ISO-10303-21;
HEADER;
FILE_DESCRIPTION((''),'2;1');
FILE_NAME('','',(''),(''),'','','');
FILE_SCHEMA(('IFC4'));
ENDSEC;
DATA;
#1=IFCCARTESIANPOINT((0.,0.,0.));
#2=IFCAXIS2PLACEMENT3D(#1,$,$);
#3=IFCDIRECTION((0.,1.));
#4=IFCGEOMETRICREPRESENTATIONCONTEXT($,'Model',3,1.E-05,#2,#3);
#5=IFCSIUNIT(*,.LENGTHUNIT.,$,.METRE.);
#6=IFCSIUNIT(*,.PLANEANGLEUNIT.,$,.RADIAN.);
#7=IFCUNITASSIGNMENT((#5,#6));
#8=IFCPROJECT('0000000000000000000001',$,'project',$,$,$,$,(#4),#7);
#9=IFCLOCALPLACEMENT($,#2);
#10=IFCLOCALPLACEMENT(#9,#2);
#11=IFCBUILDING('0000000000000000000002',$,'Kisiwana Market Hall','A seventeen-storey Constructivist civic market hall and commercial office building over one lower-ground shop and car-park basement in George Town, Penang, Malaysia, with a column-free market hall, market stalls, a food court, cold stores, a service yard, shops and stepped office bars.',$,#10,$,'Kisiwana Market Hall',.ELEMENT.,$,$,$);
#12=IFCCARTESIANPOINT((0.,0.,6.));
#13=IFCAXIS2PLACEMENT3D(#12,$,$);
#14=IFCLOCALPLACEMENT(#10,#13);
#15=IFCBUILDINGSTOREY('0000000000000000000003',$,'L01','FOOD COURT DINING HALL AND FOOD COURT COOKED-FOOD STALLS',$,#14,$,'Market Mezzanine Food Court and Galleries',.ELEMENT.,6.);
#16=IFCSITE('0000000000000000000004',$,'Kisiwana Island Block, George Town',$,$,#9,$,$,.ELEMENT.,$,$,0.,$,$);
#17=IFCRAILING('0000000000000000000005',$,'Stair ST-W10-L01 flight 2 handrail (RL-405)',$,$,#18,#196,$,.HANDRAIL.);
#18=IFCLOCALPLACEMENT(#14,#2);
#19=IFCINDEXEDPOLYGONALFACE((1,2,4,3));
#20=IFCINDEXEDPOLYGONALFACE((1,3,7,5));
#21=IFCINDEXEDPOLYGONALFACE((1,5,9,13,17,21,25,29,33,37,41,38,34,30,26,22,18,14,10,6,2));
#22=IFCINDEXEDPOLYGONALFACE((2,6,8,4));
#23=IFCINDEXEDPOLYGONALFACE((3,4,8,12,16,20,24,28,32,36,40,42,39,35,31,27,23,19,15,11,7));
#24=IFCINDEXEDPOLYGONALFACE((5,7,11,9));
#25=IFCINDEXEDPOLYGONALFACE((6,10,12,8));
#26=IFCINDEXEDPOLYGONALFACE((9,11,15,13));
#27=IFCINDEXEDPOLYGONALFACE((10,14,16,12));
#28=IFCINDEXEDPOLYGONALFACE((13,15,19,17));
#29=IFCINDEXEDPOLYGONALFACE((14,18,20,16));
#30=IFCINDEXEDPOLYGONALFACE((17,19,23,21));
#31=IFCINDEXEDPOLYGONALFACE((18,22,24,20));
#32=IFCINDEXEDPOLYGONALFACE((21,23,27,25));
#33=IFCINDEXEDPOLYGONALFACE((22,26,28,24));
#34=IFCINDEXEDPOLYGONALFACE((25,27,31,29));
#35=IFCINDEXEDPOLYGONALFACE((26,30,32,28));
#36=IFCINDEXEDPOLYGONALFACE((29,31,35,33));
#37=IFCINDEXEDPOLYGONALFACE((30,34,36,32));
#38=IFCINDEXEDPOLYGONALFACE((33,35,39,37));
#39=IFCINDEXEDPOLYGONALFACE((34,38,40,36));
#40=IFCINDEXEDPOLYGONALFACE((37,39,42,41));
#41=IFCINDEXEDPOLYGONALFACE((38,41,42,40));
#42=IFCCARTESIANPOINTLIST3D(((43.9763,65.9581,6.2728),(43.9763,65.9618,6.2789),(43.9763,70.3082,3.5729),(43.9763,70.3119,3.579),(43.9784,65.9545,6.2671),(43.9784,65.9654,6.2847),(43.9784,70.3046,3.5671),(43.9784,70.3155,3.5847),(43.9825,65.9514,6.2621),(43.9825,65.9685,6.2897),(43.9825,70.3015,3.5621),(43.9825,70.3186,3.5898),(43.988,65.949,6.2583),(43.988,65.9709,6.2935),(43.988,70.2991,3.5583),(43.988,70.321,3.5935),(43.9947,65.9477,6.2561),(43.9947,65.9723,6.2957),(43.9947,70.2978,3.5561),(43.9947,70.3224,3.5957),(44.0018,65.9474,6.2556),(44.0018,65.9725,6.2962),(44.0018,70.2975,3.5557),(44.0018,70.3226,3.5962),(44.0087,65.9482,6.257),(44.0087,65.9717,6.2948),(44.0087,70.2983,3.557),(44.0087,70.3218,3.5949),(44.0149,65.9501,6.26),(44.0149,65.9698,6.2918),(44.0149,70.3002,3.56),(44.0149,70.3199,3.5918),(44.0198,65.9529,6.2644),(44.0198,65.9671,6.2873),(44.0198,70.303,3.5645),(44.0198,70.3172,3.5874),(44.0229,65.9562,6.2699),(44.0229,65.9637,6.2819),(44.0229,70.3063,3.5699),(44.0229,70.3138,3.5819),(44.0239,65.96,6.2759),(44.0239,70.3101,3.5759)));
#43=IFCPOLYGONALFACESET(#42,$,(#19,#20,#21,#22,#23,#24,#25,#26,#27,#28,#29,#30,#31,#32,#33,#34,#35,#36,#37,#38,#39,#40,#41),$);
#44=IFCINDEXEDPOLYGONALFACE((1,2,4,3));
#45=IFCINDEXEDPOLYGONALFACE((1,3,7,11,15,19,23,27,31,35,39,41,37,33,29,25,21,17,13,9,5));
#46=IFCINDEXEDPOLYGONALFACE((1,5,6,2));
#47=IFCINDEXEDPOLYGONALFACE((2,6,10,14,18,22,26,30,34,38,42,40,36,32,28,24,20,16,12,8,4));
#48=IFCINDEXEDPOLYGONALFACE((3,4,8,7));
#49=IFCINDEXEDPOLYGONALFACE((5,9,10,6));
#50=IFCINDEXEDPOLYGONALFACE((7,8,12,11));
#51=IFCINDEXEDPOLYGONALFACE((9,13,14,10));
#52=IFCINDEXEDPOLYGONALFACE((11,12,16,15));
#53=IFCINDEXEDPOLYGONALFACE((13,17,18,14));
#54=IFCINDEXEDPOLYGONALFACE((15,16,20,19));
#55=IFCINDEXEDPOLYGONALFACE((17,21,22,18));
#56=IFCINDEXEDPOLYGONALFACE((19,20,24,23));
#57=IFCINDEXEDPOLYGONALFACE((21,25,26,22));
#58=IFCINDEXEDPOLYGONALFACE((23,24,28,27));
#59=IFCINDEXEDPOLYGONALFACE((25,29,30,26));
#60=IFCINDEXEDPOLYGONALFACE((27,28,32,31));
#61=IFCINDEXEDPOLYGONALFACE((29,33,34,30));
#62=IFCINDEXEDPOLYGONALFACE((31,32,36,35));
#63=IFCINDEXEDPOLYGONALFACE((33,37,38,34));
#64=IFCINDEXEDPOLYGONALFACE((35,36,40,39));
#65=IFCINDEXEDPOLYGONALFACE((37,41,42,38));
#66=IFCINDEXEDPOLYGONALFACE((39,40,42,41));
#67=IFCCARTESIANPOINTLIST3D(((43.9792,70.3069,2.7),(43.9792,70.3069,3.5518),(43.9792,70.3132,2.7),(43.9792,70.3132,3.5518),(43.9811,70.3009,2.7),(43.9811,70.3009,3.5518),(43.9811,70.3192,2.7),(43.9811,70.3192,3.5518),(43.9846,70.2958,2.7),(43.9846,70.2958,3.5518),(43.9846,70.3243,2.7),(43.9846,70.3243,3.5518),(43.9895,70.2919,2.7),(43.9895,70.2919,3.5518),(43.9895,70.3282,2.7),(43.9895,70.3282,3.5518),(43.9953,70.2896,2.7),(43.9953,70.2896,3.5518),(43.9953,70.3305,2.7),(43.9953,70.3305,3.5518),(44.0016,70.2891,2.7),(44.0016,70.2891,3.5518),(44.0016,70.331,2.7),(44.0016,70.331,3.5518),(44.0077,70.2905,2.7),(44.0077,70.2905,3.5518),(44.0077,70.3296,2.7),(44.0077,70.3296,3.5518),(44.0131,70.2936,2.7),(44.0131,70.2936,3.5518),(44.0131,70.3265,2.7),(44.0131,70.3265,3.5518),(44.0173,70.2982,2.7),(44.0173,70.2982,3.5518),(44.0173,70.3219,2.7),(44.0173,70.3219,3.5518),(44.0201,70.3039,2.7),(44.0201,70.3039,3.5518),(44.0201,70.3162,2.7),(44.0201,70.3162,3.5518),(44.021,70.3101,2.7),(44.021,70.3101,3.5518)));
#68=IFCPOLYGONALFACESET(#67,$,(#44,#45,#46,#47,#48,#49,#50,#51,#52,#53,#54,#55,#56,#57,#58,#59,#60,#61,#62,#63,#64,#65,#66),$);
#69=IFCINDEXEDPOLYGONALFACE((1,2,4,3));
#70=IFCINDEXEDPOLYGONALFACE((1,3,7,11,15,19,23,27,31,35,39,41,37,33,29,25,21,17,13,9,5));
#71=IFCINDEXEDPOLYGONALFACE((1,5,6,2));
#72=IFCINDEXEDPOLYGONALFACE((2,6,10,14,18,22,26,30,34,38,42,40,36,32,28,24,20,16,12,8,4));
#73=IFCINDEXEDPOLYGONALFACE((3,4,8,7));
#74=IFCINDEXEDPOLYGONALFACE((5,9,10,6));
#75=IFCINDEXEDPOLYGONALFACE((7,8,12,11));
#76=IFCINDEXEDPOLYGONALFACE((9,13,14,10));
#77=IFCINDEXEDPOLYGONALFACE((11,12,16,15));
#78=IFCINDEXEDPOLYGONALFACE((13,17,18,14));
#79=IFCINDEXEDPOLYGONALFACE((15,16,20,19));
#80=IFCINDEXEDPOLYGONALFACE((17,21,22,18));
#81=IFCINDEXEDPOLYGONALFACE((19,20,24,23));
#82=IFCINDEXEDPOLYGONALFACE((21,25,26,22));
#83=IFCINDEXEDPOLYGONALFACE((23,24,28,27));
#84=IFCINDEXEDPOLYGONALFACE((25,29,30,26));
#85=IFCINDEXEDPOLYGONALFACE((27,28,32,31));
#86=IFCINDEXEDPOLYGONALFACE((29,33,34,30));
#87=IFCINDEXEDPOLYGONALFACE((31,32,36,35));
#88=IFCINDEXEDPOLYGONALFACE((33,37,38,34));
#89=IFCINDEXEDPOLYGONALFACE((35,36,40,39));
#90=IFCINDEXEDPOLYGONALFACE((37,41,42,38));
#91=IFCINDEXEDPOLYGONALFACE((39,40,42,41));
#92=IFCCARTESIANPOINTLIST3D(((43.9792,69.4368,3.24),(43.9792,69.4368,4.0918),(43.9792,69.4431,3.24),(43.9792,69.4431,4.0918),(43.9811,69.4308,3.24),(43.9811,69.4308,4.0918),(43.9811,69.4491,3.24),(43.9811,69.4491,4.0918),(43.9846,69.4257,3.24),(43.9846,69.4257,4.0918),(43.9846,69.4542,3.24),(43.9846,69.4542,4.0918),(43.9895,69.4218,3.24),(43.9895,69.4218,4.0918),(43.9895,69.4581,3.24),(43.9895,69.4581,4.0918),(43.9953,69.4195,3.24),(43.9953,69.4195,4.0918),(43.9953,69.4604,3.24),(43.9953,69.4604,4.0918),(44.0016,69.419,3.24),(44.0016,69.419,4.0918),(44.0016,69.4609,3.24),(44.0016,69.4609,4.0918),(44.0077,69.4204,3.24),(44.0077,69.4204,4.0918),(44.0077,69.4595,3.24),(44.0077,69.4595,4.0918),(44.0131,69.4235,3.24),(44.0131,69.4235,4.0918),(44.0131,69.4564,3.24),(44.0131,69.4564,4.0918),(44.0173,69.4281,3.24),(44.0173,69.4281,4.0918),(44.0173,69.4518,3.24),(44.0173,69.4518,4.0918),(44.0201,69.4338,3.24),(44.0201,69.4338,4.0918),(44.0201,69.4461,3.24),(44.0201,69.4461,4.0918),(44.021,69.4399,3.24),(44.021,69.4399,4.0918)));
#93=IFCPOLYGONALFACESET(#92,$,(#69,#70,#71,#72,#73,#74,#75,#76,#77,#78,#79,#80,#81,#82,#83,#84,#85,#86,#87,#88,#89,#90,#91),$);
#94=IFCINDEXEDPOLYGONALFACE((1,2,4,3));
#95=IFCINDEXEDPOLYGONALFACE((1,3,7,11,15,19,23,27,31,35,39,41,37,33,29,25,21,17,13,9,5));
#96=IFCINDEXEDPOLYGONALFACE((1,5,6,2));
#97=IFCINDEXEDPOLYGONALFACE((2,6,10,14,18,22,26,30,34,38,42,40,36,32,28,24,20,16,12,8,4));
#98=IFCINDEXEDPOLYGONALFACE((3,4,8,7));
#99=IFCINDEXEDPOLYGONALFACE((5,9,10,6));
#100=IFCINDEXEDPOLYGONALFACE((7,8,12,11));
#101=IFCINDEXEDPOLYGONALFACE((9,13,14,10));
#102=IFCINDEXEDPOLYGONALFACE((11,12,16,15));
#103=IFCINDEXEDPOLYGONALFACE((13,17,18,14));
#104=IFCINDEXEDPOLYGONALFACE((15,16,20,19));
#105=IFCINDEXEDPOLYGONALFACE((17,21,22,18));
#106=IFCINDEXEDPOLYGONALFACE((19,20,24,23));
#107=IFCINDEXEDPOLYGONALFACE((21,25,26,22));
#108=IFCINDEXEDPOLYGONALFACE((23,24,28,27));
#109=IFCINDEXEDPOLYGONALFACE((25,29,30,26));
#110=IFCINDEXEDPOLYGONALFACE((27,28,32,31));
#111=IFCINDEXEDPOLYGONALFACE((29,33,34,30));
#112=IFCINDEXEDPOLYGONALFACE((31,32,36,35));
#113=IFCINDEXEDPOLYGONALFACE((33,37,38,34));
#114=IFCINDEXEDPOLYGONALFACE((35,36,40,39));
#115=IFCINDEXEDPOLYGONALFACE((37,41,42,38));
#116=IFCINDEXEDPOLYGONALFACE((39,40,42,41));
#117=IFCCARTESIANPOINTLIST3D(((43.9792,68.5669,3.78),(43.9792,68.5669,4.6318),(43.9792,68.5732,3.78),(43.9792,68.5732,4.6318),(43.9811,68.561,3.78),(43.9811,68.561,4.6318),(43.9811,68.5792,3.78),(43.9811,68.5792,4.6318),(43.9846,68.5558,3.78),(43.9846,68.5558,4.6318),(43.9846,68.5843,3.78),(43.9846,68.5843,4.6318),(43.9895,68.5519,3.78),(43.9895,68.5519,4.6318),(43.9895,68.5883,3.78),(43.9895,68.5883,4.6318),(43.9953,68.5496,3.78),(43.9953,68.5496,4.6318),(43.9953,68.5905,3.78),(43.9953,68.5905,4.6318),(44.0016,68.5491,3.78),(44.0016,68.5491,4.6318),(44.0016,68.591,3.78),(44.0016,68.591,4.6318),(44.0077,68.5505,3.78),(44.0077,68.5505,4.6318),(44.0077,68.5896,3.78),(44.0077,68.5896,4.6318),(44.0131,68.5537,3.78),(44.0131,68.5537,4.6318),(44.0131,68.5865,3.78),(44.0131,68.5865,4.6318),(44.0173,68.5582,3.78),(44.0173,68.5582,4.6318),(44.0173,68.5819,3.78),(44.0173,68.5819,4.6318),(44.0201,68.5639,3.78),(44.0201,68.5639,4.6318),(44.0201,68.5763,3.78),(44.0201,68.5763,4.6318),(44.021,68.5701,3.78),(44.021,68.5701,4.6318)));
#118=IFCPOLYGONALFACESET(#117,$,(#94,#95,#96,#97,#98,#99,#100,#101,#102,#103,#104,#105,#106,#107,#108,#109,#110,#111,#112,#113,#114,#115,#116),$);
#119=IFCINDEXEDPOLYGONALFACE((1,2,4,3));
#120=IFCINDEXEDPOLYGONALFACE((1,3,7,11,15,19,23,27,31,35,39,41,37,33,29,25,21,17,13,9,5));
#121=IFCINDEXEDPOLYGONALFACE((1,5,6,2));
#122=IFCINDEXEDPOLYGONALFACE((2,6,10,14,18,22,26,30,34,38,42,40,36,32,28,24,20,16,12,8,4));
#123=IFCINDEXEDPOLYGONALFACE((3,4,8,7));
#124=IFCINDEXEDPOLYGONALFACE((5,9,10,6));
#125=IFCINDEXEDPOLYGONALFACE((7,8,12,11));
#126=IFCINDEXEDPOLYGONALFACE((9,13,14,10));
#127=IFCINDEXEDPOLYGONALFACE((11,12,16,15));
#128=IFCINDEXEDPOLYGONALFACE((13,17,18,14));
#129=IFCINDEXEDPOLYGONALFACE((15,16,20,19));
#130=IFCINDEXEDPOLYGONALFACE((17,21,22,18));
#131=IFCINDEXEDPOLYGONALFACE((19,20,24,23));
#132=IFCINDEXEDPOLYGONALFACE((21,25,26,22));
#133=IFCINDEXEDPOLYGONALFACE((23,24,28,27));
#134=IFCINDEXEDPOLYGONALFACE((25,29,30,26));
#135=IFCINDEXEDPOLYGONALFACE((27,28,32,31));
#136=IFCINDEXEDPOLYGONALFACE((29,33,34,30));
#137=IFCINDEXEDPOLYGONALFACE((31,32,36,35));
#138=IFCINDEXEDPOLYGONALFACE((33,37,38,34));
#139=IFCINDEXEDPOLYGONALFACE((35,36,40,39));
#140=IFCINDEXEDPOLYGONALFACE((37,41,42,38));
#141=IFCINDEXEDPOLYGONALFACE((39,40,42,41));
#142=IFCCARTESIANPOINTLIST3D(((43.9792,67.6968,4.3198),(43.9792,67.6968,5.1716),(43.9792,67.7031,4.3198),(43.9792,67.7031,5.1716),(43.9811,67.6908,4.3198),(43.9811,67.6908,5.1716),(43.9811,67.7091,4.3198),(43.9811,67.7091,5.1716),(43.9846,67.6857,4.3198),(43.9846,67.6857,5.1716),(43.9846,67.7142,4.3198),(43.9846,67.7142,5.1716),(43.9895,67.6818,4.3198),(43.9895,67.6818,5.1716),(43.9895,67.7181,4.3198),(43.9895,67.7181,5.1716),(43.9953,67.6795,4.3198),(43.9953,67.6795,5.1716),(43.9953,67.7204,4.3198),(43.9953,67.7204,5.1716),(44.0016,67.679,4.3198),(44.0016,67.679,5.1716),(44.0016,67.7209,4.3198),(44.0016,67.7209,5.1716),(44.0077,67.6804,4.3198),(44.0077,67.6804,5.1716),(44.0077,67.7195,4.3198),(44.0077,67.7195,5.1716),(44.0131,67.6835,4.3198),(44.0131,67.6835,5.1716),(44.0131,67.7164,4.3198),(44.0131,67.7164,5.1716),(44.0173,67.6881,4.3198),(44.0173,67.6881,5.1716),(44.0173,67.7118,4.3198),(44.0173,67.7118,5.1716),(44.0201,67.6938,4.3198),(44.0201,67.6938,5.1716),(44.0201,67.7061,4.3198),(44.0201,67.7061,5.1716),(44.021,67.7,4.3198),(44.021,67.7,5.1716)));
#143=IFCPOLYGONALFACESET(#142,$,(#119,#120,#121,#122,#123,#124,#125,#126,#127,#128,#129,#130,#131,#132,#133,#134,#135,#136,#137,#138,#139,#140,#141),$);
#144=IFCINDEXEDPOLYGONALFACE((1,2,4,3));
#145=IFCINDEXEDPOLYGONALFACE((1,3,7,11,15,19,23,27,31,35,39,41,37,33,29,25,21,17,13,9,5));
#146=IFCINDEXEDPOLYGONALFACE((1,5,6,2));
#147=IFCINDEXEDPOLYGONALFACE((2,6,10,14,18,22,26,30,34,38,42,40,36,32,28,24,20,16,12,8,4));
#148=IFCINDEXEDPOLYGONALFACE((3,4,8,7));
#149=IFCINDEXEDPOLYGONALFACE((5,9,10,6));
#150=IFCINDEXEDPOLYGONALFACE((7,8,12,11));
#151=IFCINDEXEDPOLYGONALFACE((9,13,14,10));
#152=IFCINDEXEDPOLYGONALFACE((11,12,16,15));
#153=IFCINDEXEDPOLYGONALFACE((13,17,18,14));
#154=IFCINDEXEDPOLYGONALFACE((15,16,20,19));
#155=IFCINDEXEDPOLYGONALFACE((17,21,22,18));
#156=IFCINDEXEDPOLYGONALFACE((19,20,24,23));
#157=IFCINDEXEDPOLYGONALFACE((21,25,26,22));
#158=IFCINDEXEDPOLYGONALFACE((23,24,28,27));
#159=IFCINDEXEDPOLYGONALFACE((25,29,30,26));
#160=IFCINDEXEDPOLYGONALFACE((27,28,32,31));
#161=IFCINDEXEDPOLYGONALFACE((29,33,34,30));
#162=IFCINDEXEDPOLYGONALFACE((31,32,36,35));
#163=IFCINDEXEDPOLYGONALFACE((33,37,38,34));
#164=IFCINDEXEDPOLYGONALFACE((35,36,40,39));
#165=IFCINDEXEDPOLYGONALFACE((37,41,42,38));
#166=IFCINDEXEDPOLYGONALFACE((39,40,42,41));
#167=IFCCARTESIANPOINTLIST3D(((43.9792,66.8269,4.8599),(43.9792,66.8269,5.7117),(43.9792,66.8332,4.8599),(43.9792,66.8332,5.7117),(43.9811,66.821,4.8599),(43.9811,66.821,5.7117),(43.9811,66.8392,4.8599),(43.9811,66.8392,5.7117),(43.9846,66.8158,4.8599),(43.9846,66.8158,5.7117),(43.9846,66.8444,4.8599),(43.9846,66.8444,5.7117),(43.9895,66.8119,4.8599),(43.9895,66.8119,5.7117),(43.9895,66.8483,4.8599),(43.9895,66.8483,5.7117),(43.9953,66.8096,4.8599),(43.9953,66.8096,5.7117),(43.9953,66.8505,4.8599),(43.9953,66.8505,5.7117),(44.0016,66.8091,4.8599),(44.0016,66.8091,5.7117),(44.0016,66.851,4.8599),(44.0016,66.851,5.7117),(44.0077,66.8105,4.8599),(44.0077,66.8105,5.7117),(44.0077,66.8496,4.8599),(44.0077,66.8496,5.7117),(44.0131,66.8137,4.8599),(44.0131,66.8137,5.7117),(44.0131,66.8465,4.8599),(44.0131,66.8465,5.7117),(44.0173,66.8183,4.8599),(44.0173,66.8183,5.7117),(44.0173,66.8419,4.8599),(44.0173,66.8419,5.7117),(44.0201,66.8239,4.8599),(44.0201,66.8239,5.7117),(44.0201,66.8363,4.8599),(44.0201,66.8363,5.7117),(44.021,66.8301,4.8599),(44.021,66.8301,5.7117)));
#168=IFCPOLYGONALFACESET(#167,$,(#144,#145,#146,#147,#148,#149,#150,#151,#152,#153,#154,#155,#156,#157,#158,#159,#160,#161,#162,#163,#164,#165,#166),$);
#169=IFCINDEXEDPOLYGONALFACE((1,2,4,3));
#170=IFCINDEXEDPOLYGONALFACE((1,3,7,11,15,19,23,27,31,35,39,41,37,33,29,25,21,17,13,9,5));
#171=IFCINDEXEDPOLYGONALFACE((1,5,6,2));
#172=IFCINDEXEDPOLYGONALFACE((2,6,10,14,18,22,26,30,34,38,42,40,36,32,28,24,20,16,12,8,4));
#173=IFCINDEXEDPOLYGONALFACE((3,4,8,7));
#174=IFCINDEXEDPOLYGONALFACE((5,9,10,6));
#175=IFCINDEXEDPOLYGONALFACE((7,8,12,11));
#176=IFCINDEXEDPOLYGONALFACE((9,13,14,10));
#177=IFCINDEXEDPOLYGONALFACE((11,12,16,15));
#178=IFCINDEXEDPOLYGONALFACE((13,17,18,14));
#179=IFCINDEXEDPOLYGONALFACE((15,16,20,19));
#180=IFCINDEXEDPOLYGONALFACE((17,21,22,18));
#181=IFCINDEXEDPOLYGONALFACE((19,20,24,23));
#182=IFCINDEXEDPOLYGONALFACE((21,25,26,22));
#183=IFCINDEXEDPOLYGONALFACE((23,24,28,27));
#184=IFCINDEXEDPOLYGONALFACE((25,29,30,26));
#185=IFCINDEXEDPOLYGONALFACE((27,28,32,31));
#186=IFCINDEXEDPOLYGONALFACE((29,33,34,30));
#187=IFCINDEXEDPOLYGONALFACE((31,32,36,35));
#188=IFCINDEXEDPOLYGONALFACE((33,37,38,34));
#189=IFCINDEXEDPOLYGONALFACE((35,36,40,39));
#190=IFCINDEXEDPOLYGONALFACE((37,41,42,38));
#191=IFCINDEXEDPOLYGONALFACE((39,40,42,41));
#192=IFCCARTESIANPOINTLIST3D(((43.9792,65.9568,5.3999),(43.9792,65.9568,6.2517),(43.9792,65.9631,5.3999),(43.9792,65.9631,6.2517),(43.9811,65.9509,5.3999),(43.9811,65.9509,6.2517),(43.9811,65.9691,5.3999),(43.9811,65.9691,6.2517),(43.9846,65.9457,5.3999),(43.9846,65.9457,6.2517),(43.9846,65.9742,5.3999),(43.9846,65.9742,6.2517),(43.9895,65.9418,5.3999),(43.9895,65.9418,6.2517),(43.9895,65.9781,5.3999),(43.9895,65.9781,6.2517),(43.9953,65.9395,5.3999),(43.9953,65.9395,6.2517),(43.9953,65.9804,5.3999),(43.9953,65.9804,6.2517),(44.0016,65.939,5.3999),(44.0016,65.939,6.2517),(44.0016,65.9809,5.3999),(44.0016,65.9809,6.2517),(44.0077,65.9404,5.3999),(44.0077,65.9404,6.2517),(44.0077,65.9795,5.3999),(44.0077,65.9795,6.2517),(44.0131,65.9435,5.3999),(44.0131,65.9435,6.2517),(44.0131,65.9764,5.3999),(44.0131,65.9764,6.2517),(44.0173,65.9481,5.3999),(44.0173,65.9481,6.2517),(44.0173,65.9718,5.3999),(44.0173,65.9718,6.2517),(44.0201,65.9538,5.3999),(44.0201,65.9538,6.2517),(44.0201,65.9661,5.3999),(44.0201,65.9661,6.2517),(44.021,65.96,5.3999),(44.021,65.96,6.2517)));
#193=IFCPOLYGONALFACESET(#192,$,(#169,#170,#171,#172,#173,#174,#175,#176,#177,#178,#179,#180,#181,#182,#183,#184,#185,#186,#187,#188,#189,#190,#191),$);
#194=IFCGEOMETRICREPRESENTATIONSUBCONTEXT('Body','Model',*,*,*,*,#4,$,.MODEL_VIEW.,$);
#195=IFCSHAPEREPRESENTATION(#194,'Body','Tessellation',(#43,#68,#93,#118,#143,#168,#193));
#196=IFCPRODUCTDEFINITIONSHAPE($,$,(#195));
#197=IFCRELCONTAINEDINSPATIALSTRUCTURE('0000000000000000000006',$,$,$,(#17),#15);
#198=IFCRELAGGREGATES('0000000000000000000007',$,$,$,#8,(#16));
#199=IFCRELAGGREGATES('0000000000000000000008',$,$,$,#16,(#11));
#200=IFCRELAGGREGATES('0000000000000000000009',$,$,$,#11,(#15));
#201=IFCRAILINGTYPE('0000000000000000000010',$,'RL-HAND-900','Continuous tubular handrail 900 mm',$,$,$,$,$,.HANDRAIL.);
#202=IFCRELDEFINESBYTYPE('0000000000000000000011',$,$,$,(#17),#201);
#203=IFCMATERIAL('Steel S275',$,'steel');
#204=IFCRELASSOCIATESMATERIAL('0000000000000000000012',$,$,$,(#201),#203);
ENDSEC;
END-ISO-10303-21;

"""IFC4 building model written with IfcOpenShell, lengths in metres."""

from ifc_helpers import new_model, si_unit, direction, frame, origin, origin_2d, place, context, subcontext, project, spatial, circle, extrude, material, type_object, element, save


model = new_model("IFC4")

# Units and contexts
model_context = context("Model", 3, precision=1e-05, world=origin(), true_north=direction((0.0, 1.0)))
body_context = subcontext(model_context, "Body", "Model", "MODEL_VIEW")
ifc_project = project(units=[si_unit("LENGTHUNIT", "METRE"), si_unit("PLANEANGLEUNIT", "RADIAN")], contexts=[model_context])

# Site, building, storey
site_placement = place(None, origin())
site = spatial("IfcSite", under=ifc_project, at=site_placement, Name="Kisiwana Island Block, George Town", CompositionType="ELEMENT", RefElevation=0.0)
building_placement = place(site_placement, origin())
building = spatial("IfcBuilding", under=site, at=building_placement, Name="Kisiwana Market Hall", Description="A seventeen-storey Constructivist civic market hall and commercial office building over one lower-ground shop and car-park basement in George Town, Penang, Malaysia, with a column-free market hall, market stalls, a food court, cold stores, a service yard, shops and stepped office bars.", LongName="Kisiwana Market Hall", CompositionType="ELEMENT")
storey_placement = place(building_placement, frame((0.0, 0.0, 6.0)))
storey = spatial("IfcBuildingStorey", under=building, at=storey_placement, Name="L01", Description="FOOD COURT DINING HALL AND FOOD COURT COOKED-FOOD STALLS", LongName="Market Mezzanine Food Court and Galleries", CompositionType="ELEMENT", Elevation=6.0)

# Railing
ifc_material_1 = material(Name="Steel S275", Category="steel")
railing_type_1 = type_object("IfcRailingType", Name="RL-HAND-900", Description="Continuous tubular handrail 900 mm", PredefinedType="HANDRAIL", material=ifc_material_1)
railing_1_placement = place(storey_placement, frame((44.0, 70.3101, 2.7)))
element("IfcRailing", 1, at=railing_1_placement, inside=storey, type_object=railing_type_1, Name="Stair ST-W10-L01 flight 2 handrail (RL-405)", PredefinedType="HANDRAIL", context=body_context, shape_type="SweptSolid", body=[
    extrude(circle(Radius=0.0239, at=origin_2d()), frame((0.0, 0.0, 0.876), z_axis=(0.0, -0.84965, 0.527347), x_axis=(1.0, 0.0, 0.0)), (0.0, 0.0, 1.0), 5.1199),
    extrude(circle(Radius=0.021, at=origin_2d()), origin(), (0.0, 0.0, 1.0), 0.8518),
    extrude(circle(Radius=0.021, at=origin_2d()), frame((0.0, -0.8701, 0.54)), (0.0, 0.0, 1.0), 0.8518),
    extrude(circle(Radius=0.021, at=origin_2d()), frame((0.0, -1.74, 1.0801)), (0.0, 0.0, 1.0), 0.8518),
    extrude(circle(Radius=0.021, at=origin_2d()), frame((0.0, -2.6101, 1.6199)), (0.0, 0.0, 1.0), 0.8518),
    extrude(circle(Radius=0.021, at=origin_2d()), frame((0.0, -3.48, 2.1599)), (0.0, 0.0, 1.0), 0.8518),
    extrude(circle(Radius=0.021, at=origin_2d()), frame((0.0, -4.3501, 2.7)), (0.0, 0.0, 1.0), 0.8518),
])

save(model, "model.ifc")
